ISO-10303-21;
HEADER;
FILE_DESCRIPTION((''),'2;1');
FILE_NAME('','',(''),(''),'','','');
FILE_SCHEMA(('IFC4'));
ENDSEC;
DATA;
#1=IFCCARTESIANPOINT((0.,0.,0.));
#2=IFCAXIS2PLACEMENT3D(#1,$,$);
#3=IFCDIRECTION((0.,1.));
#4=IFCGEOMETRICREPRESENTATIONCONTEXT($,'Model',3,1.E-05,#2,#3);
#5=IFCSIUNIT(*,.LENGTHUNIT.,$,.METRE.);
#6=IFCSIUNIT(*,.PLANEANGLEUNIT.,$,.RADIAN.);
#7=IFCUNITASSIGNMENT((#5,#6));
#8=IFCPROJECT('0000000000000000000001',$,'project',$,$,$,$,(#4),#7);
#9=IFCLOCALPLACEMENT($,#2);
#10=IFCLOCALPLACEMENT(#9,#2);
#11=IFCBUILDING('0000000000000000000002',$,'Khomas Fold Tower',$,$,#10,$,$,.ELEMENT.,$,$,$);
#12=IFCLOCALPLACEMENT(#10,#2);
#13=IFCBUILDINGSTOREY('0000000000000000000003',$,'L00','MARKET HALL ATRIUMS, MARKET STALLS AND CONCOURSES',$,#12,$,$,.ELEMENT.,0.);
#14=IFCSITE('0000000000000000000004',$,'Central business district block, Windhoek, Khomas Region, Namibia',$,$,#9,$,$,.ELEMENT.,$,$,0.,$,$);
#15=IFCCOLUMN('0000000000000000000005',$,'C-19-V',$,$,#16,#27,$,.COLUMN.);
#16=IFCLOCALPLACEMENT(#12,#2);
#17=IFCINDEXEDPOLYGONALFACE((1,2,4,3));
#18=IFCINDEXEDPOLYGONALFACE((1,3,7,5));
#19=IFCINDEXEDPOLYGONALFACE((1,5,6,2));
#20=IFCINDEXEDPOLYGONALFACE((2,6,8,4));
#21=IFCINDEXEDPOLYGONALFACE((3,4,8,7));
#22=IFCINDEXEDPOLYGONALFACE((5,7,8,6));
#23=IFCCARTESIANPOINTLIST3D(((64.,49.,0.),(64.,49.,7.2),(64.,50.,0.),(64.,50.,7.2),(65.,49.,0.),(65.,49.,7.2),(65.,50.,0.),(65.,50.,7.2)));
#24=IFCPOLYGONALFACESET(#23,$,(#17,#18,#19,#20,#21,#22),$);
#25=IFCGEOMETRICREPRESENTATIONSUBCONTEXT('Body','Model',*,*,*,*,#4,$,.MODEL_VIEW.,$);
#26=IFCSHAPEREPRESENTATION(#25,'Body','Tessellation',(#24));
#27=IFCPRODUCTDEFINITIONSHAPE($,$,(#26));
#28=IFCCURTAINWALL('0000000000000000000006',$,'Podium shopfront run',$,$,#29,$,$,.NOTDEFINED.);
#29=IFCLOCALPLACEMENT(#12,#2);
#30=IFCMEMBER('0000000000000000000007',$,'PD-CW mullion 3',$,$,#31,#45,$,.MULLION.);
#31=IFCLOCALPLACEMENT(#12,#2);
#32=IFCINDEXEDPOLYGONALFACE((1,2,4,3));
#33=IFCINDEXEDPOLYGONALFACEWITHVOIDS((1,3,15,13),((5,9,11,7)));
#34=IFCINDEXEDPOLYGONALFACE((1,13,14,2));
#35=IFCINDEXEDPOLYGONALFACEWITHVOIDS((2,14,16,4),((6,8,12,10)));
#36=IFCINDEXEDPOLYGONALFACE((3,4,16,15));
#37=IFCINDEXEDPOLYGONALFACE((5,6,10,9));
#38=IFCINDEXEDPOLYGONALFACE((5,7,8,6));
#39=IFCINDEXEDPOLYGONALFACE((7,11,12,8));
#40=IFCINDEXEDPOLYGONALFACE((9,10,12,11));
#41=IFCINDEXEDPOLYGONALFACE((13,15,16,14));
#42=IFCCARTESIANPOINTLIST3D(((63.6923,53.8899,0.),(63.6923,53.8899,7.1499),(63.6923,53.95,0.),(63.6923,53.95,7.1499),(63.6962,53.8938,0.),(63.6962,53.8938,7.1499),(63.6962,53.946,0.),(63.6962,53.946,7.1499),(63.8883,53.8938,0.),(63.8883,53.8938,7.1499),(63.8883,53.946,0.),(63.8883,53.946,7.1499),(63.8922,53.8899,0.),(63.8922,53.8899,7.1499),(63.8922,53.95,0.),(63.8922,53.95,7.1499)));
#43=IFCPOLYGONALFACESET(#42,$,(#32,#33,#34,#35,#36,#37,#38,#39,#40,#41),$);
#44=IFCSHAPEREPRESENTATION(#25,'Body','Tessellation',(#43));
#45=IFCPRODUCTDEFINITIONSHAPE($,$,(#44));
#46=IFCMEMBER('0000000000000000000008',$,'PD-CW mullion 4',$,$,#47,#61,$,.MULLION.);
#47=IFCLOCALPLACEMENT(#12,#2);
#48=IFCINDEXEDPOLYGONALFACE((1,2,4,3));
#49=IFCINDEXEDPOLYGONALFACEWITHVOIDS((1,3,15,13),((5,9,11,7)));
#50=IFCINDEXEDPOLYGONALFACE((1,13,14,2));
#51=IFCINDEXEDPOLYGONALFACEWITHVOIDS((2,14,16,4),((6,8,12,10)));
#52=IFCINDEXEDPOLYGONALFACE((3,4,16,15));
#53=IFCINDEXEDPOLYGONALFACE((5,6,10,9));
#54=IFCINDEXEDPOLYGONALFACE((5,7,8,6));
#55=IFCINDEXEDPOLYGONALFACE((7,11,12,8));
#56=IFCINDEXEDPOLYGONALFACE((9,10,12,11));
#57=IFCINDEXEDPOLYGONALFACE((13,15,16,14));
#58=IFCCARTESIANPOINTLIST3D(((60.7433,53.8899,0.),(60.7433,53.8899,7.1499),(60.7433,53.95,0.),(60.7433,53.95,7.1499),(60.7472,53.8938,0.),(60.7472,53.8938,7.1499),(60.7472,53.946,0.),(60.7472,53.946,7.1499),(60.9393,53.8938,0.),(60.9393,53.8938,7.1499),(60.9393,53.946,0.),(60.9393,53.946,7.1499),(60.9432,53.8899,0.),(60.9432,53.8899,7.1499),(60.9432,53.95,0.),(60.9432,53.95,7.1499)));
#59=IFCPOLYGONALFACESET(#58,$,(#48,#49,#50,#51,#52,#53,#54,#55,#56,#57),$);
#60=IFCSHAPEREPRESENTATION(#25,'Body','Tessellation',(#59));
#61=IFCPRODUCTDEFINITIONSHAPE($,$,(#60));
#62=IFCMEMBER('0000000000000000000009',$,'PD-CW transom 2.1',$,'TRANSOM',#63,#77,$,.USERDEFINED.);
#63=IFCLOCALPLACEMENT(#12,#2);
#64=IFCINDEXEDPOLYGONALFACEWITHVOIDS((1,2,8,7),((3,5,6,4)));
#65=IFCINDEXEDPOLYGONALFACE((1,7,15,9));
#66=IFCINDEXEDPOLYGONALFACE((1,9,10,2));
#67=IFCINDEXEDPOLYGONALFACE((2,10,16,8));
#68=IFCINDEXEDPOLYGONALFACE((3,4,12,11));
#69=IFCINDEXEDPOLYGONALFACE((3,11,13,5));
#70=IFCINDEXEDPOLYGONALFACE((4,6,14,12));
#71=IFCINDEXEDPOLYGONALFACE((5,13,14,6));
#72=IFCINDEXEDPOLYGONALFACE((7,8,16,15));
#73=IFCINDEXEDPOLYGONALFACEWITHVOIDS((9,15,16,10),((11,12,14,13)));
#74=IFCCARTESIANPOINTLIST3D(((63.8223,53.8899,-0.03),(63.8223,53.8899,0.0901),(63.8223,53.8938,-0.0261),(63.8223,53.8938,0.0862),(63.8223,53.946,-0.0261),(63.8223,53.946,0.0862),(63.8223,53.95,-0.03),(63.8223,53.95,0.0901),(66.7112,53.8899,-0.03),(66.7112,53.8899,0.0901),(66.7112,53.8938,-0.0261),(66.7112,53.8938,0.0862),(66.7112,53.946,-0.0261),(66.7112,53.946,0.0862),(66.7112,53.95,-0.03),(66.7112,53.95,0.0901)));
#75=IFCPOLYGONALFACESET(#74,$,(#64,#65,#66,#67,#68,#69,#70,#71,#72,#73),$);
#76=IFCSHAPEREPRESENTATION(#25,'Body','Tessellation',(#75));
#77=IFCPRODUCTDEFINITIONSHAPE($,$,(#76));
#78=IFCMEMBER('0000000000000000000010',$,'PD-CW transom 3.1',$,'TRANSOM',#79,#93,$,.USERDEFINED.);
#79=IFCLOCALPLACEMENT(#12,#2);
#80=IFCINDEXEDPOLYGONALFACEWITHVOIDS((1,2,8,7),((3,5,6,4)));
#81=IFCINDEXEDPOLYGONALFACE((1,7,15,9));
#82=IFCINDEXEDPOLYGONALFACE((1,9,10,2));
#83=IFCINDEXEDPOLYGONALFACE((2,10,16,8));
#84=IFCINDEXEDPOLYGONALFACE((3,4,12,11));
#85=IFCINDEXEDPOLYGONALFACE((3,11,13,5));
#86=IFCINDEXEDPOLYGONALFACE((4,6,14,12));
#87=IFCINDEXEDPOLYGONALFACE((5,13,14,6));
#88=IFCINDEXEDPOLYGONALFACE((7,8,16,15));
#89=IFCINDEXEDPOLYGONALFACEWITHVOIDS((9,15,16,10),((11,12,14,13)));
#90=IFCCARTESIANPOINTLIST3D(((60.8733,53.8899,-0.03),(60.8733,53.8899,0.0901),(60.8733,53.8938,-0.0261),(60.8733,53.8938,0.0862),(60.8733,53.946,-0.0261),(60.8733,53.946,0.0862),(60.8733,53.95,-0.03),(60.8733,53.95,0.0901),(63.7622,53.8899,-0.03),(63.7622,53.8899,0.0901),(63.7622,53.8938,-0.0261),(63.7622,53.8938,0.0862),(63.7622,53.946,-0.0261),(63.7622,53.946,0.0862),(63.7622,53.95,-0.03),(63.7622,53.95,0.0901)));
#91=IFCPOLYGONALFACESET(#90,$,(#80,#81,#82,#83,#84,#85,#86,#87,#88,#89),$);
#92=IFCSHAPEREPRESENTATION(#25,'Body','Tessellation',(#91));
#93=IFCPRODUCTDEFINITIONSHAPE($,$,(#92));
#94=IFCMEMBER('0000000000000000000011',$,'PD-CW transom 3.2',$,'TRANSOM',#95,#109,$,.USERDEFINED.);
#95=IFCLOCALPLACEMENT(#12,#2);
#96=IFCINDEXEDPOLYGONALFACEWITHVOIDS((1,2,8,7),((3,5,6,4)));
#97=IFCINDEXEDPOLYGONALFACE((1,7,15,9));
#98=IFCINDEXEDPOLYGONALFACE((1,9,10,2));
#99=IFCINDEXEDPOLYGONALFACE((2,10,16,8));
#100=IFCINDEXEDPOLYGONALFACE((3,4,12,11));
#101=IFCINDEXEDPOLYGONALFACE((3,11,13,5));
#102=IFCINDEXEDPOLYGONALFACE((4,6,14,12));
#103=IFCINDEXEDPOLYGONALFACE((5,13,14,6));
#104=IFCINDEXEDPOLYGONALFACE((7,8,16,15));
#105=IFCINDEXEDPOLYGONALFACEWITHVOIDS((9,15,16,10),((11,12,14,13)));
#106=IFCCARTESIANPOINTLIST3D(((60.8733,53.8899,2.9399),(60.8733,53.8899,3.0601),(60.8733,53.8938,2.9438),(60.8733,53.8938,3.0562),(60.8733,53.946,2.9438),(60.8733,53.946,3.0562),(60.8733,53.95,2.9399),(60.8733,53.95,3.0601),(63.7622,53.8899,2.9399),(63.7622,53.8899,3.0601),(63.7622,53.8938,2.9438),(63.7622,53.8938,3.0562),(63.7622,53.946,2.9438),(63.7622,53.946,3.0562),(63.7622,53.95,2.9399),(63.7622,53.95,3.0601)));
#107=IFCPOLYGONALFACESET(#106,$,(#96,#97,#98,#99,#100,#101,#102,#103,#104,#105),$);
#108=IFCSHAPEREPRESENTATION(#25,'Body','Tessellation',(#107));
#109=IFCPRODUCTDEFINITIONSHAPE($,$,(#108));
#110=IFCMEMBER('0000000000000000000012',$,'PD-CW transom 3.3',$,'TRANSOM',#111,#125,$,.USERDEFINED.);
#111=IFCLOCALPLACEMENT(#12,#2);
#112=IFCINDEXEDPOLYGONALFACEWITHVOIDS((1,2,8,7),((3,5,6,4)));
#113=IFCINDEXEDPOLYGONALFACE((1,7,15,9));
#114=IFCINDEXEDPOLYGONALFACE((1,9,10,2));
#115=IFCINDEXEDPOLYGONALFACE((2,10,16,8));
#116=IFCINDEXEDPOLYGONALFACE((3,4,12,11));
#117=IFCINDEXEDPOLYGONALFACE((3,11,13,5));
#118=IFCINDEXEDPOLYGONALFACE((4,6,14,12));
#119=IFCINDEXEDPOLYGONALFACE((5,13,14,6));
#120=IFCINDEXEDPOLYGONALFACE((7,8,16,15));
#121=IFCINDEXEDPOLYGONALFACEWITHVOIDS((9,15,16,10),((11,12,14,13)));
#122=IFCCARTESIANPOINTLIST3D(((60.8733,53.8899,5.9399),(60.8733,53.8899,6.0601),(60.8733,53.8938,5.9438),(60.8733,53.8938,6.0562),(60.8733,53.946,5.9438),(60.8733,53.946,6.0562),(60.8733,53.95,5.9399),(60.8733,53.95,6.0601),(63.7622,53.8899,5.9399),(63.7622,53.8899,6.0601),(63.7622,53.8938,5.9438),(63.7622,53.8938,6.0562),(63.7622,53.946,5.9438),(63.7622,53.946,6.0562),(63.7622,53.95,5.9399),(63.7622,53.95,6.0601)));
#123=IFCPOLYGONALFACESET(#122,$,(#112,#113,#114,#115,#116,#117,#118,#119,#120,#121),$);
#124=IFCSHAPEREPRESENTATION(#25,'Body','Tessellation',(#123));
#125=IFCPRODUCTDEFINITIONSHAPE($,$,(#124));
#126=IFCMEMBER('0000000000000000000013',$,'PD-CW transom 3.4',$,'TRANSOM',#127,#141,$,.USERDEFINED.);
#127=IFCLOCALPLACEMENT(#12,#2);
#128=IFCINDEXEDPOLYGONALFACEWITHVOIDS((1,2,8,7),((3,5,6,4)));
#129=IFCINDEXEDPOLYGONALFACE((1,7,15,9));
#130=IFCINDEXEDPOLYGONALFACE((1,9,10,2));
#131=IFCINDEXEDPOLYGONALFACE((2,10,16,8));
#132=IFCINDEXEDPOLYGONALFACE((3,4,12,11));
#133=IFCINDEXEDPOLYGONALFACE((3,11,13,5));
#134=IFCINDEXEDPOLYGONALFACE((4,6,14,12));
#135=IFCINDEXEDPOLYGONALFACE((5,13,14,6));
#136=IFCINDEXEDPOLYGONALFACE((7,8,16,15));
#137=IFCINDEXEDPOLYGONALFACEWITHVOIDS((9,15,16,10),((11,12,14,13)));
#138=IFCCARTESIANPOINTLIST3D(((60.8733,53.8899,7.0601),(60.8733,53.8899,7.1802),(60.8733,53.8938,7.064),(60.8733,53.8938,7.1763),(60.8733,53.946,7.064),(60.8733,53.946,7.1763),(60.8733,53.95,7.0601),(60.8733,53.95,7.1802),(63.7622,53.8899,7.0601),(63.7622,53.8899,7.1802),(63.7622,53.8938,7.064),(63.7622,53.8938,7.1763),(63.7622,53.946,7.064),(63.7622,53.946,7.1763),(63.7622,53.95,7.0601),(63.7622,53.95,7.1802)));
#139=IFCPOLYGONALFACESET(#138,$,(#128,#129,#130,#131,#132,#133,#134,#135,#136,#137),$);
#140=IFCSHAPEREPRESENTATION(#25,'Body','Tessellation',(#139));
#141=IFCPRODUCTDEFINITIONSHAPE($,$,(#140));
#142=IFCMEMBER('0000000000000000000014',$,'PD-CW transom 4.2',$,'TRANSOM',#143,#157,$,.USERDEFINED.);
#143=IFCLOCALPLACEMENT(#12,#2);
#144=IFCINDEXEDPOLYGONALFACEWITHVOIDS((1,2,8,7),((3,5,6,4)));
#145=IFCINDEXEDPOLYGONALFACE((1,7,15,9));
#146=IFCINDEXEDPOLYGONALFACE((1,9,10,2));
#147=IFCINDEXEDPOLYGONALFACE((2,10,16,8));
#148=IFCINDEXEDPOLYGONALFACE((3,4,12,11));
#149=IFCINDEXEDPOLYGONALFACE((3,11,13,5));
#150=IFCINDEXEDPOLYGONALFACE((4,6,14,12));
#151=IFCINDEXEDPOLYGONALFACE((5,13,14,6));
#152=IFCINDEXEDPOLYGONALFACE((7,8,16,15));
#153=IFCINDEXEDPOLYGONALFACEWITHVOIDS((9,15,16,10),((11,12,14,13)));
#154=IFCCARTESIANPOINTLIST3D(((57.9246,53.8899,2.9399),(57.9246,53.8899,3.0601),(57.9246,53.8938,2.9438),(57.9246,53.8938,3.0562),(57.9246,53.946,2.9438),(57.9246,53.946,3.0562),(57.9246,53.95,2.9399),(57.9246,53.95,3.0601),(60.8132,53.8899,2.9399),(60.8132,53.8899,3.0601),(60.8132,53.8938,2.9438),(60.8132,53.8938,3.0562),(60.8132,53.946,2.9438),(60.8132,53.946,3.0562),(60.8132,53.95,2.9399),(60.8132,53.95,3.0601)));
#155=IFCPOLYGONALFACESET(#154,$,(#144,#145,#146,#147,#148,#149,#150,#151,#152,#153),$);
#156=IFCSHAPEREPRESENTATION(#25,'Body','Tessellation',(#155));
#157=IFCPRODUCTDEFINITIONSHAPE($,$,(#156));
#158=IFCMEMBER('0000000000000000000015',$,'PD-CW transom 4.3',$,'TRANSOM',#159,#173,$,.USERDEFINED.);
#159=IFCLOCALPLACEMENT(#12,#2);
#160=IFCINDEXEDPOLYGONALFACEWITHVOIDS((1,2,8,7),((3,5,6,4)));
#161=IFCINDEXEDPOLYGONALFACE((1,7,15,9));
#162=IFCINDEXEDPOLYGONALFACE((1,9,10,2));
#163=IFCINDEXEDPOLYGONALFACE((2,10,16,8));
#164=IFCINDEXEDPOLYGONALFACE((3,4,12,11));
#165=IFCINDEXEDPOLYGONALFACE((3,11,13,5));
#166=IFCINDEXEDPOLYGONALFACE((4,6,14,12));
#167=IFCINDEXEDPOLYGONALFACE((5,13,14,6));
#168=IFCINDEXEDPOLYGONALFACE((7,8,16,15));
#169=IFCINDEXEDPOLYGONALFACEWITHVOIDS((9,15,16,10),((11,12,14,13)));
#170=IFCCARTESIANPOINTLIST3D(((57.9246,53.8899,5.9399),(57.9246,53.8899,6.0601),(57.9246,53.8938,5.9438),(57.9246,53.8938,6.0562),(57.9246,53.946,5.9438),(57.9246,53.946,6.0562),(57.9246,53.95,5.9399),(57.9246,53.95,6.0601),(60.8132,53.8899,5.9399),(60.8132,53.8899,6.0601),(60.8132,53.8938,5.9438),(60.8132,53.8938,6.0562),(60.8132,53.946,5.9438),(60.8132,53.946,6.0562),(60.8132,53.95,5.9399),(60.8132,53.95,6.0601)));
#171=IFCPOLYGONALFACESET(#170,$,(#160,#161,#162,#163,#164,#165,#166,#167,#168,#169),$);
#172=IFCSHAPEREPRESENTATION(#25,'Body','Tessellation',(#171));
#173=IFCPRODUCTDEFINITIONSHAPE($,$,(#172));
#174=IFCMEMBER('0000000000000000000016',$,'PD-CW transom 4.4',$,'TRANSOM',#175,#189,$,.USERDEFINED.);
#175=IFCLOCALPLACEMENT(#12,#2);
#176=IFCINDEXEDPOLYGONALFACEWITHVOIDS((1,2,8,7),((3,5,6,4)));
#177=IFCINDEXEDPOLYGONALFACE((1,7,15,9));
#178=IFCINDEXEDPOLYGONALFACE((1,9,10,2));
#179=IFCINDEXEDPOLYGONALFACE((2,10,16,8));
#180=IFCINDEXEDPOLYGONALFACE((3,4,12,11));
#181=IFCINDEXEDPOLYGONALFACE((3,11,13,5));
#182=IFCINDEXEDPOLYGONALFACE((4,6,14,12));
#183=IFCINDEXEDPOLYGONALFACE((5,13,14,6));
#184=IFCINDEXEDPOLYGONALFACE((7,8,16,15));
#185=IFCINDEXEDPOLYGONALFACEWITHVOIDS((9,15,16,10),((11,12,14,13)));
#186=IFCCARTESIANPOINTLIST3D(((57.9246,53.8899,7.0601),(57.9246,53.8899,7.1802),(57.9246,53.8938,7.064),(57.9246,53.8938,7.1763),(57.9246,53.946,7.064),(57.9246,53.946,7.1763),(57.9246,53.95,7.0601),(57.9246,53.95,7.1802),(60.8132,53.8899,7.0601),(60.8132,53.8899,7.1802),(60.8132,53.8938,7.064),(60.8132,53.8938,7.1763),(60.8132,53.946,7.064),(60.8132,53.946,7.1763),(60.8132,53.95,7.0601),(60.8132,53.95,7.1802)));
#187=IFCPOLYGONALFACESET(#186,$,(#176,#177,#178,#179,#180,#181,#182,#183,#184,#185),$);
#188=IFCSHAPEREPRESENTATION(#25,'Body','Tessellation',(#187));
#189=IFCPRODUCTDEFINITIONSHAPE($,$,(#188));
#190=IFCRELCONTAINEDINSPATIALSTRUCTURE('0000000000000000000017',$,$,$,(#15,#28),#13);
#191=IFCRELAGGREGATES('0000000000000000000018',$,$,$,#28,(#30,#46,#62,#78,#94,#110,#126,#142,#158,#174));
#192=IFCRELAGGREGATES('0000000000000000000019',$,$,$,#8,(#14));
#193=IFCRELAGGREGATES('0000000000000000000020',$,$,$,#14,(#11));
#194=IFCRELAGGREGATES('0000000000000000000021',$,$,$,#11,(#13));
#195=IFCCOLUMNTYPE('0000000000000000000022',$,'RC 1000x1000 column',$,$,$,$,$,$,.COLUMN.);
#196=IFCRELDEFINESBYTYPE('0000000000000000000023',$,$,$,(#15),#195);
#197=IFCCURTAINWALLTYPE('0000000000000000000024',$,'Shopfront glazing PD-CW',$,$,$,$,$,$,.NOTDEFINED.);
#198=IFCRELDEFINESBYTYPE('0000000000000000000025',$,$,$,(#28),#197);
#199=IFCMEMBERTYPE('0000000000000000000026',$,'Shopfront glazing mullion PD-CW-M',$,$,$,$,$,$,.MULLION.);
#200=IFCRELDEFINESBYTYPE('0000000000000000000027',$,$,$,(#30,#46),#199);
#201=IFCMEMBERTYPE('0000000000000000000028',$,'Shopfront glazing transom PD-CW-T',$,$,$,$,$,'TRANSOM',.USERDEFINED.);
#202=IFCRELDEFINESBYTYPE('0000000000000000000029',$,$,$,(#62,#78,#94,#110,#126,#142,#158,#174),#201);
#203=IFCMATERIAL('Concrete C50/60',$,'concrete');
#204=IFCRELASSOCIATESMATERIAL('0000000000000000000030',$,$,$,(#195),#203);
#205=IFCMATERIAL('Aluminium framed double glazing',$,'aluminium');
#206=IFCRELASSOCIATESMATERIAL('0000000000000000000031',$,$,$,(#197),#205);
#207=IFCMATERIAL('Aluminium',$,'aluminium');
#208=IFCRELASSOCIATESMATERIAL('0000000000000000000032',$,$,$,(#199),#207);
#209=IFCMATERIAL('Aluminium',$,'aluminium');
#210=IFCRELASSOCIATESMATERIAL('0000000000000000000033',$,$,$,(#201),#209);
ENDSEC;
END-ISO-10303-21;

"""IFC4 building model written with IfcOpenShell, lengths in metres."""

from ifc_helpers import new_model, si_unit, direction, frame, origin, origin_2d, place, context, subcontext, project, spatial, rectangle, hollow_rectangle, extrude, source, transform, mapped, material, material_profile, profile_set, type_object, element, aggregate, save


model = new_model("IFC4")

# Units and contexts
model_context = context("Model", 3, precision=1e-05, world=origin(), true_north=direction((0.0, 1.0)))
body_context = subcontext(model_context, "Body", "Model", "MODEL_VIEW")
ifc_project = project(units=[si_unit("LENGTHUNIT", "METRE"), si_unit("PLANEANGLEUNIT", "RADIAN")], contexts=[model_context])

# Site, building, storey
site_placement = place(None, origin())
site = spatial("IfcSite", under=ifc_project, at=site_placement, Name="Central business district block, Windhoek, Khomas Region, Namibia", CompositionType="ELEMENT", RefElevation=0.0)
building_placement = place(site_placement, origin())
building = spatial("IfcBuilding", under=site, at=building_placement, Name="Khomas Fold Tower", CompositionType="ELEMENT")
storey_placement = place(building_placement, origin())
storey = spatial("IfcBuildingStorey", under=building, at=storey_placement, Name="L00", Description="MARKET HALL ATRIUMS, MARKET STALLS AND CONCOURSES", CompositionType="ELEMENT", Elevation=0.0)

# Column
ifc_material_1 = material(Name="Concrete C50/60", Category="concrete")
ifc_material_profile_1 = material_profile(ifc_material_1, rectangle(XDim=1.0, YDim=1.0, at=origin_2d()), Name="RC 1000x1000")
ifc_profile_set_1 = profile_set([ifc_material_profile_1], Name="Concrete C50/60")
column_type = type_object("IfcColumnType", Name="RC 1000x1000 column", PredefinedType="COLUMN", material=ifc_profile_set_1)
shared_shape_1 = source(origin(), body_context, "Body", "SweptSolid", [
    extrude(rectangle(XDim=1.0, YDim=1.0, at=origin_2d()), origin(), (0.0, 0.0, 1.0), 7.2),
])
column_placement = place(storey_placement, frame((64.5, 49.5, 0.0), z_axis=(0.0, 0.0, 1.0), x_axis=(1.0, 0.0, 0.0)))
element("IfcColumn", 1, at=column_placement, inside=storey, type_object=column_type, Name="C-19-V", PredefinedType="COLUMN", context=body_context, shape_type="MappedRepresentation", body=[
    mapped(shared_shape_1, transform((0.0, 0.0, 0.0))),
])

# Curtain wall, members
ifc_material_2 = material(Name="Aluminium framed double glazing", Category="aluminium")
curtain_wall_type = type_object("IfcCurtainWallType", Name="Shopfront glazing PD-CW", PredefinedType="NOTDEFINED", material=ifc_material_2)
curtain_wall_placement = place(storey_placement, origin())
curtain_wall = element("IfcCurtainWall", 2, at=curtain_wall_placement, inside=storey, type_object=curtain_wall_type, Name="Podium shopfront run", PredefinedType="NOTDEFINED")
ifc_material_3 = material(Name="Aluminium", Category="aluminium")
ifc_material_profile_2 = material_profile(ifc_material_3, hollow_rectangle(XDim=0.0601, YDim=0.2, WallThickness=0.0039, at=origin_2d()), Name="Shopfront glazing mullion PD-CW-M")
ifc_profile_set_2 = profile_set([ifc_material_profile_2], Name="Aluminium")
member_type_1 = type_object("IfcMemberType", Name="Shopfront glazing mullion PD-CW-M", PredefinedType="MULLION", material=ifc_profile_set_2)
shared_shape_2 = source(origin(), body_context, "Body", "SweptSolid", [
    extrude(hollow_rectangle(XDim=0.0601, YDim=0.2, WallThickness=0.0039, at=origin_2d()), origin(), (0.0, 0.0, 1.0), 7.1499),
])
member_1_placement = place(storey_placement, frame((63.7922, 53.9199, 0.0), z_axis=(0.0, 0.0, 1.0), x_axis=(0.0, -1.0, 0.0)))
member_1 = element("IfcMember", 3, at=member_1_placement, type_object=member_type_1, Name="PD-CW mullion 3", PredefinedType="MULLION", context=body_context, shape_type="MappedRepresentation", body=[
    mapped(shared_shape_2, transform((0.0, 0.0, 0.0))),
])
member_2_placement = place(storey_placement, frame((60.8433, 53.9199, 0.0), z_axis=(0.0, 0.0, 1.0), x_axis=(0.0, -1.0, 0.0)))
member_2 = element("IfcMember", 4, at=member_2_placement, type_object=member_type_1, Name="PD-CW mullion 4", PredefinedType="MULLION", context=body_context, shape_type="MappedRepresentation", body=[
    mapped(shared_shape_2, transform((0.0, 0.0, 0.0))),
])
ifc_material_4 = material(Name="Aluminium", Category="aluminium")
ifc_material_profile_3 = material_profile(ifc_material_4, hollow_rectangle(XDim=0.0601, YDim=0.1201, WallThickness=0.0039, at=origin_2d()), Name="Shopfront glazing transom PD-CW-T")
ifc_profile_set_3 = profile_set([ifc_material_profile_3], Name="Aluminium")
member_type_2 = type_object("IfcMemberType", Name="Shopfront glazing transom PD-CW-T", ElementType="TRANSOM", PredefinedType="USERDEFINED", material=ifc_profile_set_3)
shared_shape_3 = source(origin(), body_context, "Body", "SweptSolid", [
    extrude(hollow_rectangle(XDim=0.0601, YDim=0.1201, WallThickness=0.0039, at=origin_2d()), origin(), (0.0, 0.0, 1.0), 2.8889),
])
member_3_placement = place(storey_placement, frame((66.7112, 53.9199, 0.03), z_axis=(-1.0, 0.0, 0.0), x_axis=(0.0, -1.0, 0.0)))
member_3 = element("IfcMember", 5, at=member_3_placement, type_object=member_type_2, Name="PD-CW transom 2.1", ObjectType="TRANSOM", PredefinedType="USERDEFINED", context=body_context, shape_type="MappedRepresentation", body=[
    mapped(shared_shape_3, transform((0.0, 0.0, 0.0))),
])
member_4_placement = place(storey_placement, frame((63.7622, 53.9199, 0.03), z_axis=(-1.0, 0.0, 0.0), x_axis=(0.0, -1.0, 0.0)))
member_4 = element("IfcMember", 6, at=member_4_placement, type_object=member_type_2, Name="PD-CW transom 3.1", ObjectType="TRANSOM", PredefinedType="USERDEFINED", context=body_context, shape_type="MappedRepresentation", body=[
    mapped(shared_shape_3, transform((0.0, 0.0, 0.0))),
])
member_5_placement = place(storey_placement, frame((63.7622, 53.9199, 3.0), z_axis=(-1.0, 0.0, 0.0), x_axis=(0.0, -1.0, 0.0)))
member_5 = element("IfcMember", 7, at=member_5_placement, type_object=member_type_2, Name="PD-CW transom 3.2", ObjectType="TRANSOM", PredefinedType="USERDEFINED", context=body_context, shape_type="MappedRepresentation", body=[
    mapped(shared_shape_3, transform((0.0, 0.0, 0.0))),
])
member_6_placement = place(storey_placement, frame((63.7622, 53.9199, 6.0), z_axis=(-1.0, 0.0, 0.0), x_axis=(0.0, -1.0, 0.0)))
member_6 = element("IfcMember", 8, at=member_6_placement, type_object=member_type_2, Name="PD-CW transom 3.3", ObjectType="TRANSOM", PredefinedType="USERDEFINED", context=body_context, shape_type="MappedRepresentation", body=[
    mapped(shared_shape_3, transform((0.0, 0.0, 0.0))),
])
member_7_placement = place(storey_placement, frame((63.7622, 53.9199, 7.1201), z_axis=(-1.0, 0.0, 0.0), x_axis=(0.0, -1.0, 0.0)))
member_7 = element("IfcMember", 9, at=member_7_placement, type_object=member_type_2, Name="PD-CW transom 3.4", ObjectType="TRANSOM", PredefinedType="USERDEFINED", context=body_context, shape_type="MappedRepresentation", body=[
    mapped(shared_shape_3, transform((0.0, 0.0, 0.0))),
])
shared_shape_4 = source(origin(), body_context, "Body", "SweptSolid", [
    extrude(hollow_rectangle(XDim=0.0601, YDim=0.1201, WallThickness=0.0039, at=origin_2d()), origin(), (0.0, 0.0, 1.0), 2.8887),
])
member_8_placement = place(storey_placement, frame((60.8132, 53.9199, 3.0), z_axis=(-1.0, 0.0, 0.0), x_axis=(0.0, -1.0, 0.0)))
member_8 = element("IfcMember", 10, at=member_8_placement, type_object=member_type_2, Name="PD-CW transom 4.2", ObjectType="TRANSOM", PredefinedType="USERDEFINED", context=body_context, shape_type="MappedRepresentation", body=[
    mapped(shared_shape_4, transform((0.0, 0.0, 0.0))),
])
member_9_placement = place(storey_placement, frame((60.8132, 53.9199, 6.0), z_axis=(-1.0, 0.0, 0.0), x_axis=(0.0, -1.0, 0.0)))
member_9 = element("IfcMember", 11, at=member_9_placement, type_object=member_type_2, Name="PD-CW transom 4.3", ObjectType="TRANSOM", PredefinedType="USERDEFINED", context=body_context, shape_type="MappedRepresentation", body=[
    mapped(shared_shape_4, transform((0.0, 0.0, 0.0))),
])
member_10_placement = place(storey_placement, frame((60.8132, 53.9199, 7.1201), z_axis=(-1.0, 0.0, 0.0), x_axis=(0.0, -1.0, 0.0)))
member_10 = element("IfcMember", 12, at=member_10_placement, type_object=member_type_2, Name="PD-CW transom 4.4", ObjectType="TRANSOM", PredefinedType="USERDEFINED", context=body_context, shape_type="MappedRepresentation", body=[
    mapped(shared_shape_4, transform((0.0, 0.0, 0.0))),
])
aggregate(curtain_wall, [member_1, member_2, member_3, member_4, member_5, member_6, member_7, member_8, member_9, member_10])

save(model, "model.ifc")
